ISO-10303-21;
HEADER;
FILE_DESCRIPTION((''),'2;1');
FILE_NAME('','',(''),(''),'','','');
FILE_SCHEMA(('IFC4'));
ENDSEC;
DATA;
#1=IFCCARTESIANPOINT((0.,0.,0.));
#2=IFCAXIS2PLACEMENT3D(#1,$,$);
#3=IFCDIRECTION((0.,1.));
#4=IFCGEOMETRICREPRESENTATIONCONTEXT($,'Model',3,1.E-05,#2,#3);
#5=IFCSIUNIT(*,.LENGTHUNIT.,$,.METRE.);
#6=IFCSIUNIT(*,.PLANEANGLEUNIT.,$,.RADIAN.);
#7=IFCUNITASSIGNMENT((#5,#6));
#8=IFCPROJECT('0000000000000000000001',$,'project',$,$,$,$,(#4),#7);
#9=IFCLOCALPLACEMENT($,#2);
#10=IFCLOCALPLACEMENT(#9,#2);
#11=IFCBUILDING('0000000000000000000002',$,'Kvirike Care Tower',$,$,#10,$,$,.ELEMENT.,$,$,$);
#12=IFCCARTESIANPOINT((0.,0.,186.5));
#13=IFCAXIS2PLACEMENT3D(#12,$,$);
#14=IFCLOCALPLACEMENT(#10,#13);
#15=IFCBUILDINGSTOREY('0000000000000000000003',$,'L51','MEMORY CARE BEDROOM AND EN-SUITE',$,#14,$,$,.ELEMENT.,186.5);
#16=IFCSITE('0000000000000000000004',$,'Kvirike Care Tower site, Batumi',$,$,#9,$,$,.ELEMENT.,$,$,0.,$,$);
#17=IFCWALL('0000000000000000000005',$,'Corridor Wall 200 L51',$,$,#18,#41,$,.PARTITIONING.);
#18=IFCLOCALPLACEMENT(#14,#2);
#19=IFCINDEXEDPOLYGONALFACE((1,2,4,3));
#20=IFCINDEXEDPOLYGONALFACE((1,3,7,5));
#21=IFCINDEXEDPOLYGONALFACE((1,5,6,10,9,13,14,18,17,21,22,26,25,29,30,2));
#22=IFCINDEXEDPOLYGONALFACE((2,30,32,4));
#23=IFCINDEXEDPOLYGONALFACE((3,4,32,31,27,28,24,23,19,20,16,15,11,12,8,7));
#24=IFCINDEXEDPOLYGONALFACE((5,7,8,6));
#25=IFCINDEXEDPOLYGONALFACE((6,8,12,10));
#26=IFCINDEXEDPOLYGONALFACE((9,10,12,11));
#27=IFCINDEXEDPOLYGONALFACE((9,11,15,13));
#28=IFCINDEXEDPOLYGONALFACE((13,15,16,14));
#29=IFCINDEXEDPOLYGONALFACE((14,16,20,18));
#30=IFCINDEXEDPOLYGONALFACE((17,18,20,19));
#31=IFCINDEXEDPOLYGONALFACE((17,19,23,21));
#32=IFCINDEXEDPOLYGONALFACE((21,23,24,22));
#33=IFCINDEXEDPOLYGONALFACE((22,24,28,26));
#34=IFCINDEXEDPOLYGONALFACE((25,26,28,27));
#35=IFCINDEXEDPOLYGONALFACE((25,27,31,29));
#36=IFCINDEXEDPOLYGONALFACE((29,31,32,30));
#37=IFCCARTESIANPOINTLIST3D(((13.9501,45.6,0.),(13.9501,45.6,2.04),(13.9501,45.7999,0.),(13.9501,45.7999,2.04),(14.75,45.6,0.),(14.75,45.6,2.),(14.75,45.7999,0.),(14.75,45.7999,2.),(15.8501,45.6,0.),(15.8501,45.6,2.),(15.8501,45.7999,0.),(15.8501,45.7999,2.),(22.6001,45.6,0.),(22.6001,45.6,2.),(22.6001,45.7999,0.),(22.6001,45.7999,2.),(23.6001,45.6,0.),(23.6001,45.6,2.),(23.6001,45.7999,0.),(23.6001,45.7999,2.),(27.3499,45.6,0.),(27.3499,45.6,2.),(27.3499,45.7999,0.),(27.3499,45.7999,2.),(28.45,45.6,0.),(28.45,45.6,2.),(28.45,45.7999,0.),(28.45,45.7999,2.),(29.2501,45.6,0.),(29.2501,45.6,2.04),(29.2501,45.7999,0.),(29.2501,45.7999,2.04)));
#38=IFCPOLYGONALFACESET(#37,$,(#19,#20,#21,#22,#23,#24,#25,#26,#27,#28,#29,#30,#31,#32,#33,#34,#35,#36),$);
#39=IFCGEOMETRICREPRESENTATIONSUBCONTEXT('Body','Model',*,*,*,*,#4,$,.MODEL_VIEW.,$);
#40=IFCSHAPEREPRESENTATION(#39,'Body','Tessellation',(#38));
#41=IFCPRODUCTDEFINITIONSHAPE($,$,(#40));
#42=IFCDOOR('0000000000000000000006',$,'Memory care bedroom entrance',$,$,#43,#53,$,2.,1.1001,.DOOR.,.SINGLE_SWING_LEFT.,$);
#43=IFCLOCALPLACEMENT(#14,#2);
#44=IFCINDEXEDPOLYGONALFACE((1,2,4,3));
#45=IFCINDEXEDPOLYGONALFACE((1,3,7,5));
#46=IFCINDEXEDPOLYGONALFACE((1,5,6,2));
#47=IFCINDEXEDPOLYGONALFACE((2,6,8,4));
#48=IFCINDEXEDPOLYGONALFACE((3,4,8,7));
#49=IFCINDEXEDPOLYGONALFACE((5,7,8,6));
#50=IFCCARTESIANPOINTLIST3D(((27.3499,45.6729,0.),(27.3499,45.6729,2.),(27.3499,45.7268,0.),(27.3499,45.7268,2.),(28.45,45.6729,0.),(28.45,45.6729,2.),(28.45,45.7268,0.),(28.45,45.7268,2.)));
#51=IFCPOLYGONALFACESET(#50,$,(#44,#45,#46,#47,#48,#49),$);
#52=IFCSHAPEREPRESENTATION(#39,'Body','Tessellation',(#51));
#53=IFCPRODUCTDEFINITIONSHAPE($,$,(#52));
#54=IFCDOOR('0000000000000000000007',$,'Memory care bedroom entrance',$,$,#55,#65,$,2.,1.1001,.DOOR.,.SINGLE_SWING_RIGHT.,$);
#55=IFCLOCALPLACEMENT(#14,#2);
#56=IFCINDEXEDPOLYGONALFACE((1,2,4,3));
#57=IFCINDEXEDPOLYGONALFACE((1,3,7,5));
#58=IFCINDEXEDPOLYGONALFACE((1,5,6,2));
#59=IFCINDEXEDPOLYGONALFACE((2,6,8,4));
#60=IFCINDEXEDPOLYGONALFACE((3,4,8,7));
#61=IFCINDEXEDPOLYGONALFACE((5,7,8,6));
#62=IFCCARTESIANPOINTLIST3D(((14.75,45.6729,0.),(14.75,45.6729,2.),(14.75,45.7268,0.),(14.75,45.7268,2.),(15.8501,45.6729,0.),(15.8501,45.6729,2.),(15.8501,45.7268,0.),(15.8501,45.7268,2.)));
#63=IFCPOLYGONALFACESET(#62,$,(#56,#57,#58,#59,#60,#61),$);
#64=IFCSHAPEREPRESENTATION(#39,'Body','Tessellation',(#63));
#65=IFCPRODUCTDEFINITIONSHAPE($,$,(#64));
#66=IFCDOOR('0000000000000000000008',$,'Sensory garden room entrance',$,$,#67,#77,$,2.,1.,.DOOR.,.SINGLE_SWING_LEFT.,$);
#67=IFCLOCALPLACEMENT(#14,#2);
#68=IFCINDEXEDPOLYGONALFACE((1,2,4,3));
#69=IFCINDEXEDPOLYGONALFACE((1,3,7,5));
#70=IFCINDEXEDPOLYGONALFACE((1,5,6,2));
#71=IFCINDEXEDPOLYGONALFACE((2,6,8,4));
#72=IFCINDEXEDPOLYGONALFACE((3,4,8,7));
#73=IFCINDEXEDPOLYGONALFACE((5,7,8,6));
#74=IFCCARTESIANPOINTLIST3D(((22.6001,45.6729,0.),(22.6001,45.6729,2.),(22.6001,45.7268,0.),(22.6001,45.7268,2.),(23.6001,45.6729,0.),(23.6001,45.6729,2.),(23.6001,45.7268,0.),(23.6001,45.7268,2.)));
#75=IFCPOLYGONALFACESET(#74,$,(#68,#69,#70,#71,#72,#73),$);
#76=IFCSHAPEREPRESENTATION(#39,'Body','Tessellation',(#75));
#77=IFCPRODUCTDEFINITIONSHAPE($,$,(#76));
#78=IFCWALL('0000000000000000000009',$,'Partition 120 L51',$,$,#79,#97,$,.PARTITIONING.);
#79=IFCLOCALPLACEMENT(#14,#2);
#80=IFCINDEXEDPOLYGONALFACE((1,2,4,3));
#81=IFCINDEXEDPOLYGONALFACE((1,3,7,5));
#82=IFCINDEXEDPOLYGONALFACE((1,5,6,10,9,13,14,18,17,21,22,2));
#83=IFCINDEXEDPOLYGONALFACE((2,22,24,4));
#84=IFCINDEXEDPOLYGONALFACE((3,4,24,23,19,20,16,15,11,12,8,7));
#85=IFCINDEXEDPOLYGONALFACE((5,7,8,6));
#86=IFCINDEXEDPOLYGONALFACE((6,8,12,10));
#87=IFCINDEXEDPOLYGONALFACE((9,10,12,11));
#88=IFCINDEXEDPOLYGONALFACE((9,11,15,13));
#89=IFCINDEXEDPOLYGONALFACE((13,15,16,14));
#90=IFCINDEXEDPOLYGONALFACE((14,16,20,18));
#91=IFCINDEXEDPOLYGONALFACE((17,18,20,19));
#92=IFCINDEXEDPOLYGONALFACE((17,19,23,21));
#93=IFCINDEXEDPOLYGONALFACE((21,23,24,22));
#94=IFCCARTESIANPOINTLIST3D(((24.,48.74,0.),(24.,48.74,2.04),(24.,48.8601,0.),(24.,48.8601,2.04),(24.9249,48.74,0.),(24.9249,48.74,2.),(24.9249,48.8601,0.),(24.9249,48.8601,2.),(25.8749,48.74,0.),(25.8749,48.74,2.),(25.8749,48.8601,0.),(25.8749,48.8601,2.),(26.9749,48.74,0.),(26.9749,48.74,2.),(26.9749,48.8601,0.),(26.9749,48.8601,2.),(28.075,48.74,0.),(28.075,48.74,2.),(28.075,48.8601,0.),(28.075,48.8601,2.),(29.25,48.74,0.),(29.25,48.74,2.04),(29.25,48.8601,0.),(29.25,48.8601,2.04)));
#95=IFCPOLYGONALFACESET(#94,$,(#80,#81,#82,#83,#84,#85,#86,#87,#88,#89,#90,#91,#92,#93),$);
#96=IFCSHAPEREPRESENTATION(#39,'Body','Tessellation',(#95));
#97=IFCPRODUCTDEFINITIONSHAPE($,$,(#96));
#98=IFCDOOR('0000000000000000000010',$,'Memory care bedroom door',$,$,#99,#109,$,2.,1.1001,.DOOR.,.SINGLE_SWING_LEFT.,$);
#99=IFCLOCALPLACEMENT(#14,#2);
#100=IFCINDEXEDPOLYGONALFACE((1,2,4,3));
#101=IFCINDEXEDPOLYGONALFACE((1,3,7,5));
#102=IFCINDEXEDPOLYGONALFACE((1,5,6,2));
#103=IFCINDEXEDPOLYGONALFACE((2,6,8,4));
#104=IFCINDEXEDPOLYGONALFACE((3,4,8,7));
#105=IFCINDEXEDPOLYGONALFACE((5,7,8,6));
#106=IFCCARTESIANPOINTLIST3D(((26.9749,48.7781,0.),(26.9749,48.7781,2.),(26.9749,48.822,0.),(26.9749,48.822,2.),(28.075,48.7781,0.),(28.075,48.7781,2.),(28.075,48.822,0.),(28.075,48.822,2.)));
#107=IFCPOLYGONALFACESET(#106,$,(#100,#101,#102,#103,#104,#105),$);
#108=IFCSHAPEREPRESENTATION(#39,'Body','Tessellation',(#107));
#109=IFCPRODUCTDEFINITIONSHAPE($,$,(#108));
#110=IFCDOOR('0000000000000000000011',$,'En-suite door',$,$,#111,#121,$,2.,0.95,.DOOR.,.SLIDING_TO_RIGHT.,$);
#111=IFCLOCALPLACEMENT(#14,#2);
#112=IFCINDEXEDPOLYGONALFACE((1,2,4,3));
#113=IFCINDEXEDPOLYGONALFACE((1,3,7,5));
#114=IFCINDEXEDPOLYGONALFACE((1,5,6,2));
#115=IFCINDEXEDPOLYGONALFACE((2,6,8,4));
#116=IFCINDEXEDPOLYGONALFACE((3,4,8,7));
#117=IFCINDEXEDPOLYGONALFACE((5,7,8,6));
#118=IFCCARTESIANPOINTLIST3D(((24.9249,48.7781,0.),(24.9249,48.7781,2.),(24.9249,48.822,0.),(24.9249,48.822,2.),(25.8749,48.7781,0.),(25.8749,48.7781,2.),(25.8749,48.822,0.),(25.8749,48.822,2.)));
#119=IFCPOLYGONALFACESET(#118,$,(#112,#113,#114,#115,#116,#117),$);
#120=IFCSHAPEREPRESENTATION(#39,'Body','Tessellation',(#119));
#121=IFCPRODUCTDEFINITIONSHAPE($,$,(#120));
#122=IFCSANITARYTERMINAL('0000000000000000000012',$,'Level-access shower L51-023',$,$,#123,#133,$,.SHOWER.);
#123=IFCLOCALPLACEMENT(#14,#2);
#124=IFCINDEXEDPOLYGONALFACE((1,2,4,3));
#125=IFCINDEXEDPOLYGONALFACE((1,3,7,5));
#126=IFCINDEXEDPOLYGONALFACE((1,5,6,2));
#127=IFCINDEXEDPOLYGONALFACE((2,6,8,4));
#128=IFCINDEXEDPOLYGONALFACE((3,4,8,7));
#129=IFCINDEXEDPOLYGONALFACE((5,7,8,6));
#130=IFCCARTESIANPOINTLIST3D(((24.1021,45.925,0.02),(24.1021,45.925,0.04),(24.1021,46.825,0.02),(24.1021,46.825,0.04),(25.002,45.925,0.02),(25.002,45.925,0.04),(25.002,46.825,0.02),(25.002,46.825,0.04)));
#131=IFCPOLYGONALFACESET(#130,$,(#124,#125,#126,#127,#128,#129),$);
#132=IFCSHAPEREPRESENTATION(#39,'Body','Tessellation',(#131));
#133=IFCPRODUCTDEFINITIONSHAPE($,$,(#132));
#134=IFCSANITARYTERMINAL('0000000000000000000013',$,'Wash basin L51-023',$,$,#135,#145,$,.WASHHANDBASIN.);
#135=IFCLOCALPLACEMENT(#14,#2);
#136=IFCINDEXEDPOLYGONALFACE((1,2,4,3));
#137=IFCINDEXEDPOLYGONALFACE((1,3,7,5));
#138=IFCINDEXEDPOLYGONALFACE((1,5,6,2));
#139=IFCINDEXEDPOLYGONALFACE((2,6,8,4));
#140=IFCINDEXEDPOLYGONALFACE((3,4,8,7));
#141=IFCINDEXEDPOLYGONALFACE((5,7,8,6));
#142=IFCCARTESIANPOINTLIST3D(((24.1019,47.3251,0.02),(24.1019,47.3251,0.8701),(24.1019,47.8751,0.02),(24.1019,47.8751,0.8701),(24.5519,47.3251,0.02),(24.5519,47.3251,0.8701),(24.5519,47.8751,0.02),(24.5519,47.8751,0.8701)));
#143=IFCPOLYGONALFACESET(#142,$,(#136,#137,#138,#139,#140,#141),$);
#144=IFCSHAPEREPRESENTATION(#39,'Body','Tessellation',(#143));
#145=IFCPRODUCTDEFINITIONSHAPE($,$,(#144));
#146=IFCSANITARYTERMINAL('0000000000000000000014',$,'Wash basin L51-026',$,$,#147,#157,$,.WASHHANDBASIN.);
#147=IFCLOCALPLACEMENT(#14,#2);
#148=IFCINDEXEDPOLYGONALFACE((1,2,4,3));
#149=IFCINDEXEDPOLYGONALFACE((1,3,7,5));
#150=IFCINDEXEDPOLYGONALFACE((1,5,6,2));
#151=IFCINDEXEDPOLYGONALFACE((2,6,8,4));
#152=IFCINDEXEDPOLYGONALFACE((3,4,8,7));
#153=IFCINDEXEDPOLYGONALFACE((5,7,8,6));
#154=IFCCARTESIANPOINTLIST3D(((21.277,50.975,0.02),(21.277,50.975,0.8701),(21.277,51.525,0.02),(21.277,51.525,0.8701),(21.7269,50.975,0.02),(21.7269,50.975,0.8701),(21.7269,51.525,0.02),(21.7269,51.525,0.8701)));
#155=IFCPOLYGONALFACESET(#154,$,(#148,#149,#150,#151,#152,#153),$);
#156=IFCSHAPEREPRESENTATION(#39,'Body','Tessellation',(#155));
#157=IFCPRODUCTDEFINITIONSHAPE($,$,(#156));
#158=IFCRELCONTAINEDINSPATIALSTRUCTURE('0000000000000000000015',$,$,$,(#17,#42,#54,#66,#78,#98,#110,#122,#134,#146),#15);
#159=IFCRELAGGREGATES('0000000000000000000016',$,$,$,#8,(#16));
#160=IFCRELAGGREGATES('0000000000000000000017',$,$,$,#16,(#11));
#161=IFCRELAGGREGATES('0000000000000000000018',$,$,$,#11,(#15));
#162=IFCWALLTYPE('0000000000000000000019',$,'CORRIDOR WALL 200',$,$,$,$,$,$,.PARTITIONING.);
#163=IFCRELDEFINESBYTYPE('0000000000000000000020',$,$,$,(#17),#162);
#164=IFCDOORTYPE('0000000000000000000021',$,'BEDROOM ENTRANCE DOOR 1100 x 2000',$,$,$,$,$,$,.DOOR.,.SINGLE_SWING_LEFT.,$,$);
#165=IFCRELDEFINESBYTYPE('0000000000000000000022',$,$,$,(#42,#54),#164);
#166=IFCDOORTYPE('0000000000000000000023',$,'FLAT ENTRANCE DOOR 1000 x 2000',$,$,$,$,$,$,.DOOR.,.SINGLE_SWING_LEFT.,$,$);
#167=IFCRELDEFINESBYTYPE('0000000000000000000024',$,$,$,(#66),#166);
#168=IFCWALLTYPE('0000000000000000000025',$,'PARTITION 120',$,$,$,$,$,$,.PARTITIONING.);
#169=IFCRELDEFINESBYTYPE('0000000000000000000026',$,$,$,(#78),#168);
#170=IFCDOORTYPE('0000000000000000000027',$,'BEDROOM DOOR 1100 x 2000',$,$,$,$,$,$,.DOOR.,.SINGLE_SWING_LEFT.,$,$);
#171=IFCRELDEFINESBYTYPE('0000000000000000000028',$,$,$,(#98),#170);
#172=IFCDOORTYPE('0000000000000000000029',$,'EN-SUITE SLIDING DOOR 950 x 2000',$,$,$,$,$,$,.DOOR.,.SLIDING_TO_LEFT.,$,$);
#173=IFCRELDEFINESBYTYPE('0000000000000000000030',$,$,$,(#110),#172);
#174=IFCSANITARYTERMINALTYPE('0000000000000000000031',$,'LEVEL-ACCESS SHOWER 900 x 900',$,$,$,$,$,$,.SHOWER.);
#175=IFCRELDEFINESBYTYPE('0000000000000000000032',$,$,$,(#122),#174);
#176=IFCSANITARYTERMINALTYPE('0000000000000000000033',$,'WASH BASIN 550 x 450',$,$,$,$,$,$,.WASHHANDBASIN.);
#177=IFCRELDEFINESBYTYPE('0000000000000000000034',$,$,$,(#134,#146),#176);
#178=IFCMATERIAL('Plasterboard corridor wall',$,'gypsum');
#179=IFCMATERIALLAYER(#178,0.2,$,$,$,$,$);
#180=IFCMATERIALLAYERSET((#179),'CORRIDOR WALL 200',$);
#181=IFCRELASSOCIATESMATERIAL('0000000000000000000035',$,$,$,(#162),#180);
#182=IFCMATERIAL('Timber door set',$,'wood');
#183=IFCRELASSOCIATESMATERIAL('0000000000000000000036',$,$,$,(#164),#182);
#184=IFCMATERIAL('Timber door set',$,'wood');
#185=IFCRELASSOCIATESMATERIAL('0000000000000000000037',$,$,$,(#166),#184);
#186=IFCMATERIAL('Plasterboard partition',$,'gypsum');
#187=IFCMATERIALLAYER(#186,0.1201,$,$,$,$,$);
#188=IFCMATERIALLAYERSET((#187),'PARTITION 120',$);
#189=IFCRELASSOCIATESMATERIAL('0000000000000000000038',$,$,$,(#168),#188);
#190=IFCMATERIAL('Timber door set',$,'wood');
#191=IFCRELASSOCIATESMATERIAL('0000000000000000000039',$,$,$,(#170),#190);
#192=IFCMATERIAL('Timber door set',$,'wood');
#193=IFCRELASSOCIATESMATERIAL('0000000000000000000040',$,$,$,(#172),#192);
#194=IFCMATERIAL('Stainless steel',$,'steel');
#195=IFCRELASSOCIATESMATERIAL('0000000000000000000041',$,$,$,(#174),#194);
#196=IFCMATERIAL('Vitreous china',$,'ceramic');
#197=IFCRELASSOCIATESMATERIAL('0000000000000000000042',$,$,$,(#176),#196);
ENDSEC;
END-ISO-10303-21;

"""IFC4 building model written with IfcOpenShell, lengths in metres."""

from ifc_helpers import new_model, si_unit, direction, frame, frame_2d, origin, origin_2d, place, context, subcontext, project, spatial, rectangle, extrude, material, layer, layer_set, type_object, element, fill, save


model = new_model("IFC4")

# Units and contexts
model_context = context("Model", 3, precision=1e-05, world=origin(), true_north=direction((0.0, 1.0)))
body_context = subcontext(model_context, "Body", "Model", "MODEL_VIEW")
ifc_project = project(units=[si_unit("LENGTHUNIT", "METRE"), si_unit("PLANEANGLEUNIT", "RADIAN")], contexts=[model_context])

# Site, building, storey
site_placement = place(None, origin())
site = spatial("IfcSite", under=ifc_project, at=site_placement, Name="Kvirike Care Tower site, Batumi", CompositionType="ELEMENT", RefElevation=0.0)
building_placement = place(site_placement, origin())
building = spatial("IfcBuilding", under=site, at=building_placement, Name="Kvirike Care Tower", CompositionType="ELEMENT")
storey_placement = place(building_placement, frame((0.0, 0.0, 186.5)))
storey = spatial("IfcBuildingStorey", under=building, at=storey_placement, Name="L51", Description="MEMORY CARE BEDROOM AND EN-SUITE", CompositionType="ELEMENT", Elevation=186.5)

# Walls, openings, doors
ifc_material_1 = material(Name="Plasterboard corridor wall", Category="gypsum")
ifc_layer_1 = layer(ifc_material_1, 0.2)
ifc_layer_set_1 = layer_set([ifc_layer_1], Name="CORRIDOR WALL 200")
wall_type_1 = type_object("IfcWallType", Name="CORRIDOR WALL 200", PredefinedType="PARTITIONING", material=ifc_layer_set_1)
wall_1_placement = place(storey_placement, frame((29.25, 45.7, 0.0), z_axis=(0.0, 0.0, 1.0), x_axis=(-1.0, 0.0, 0.0)))
wall_1 = element("IfcWall", 1, at=wall_1_placement, inside=storey, type_object=wall_type_1, Name="Corridor Wall 200 L51", PredefinedType="PARTITIONING", context=body_context, shape_type="SweptSolid", body=[
    extrude(rectangle(XDim=15.3, YDim=0.2, at=frame_2d((7.6499, 0.0))), origin(), (0.0, 0.0, 1.0), 2.04),
])
opening_1_placement = place(wall_1_placement, frame((0.8, 0.0, 0.0)))
opening_1 = element("IfcOpeningElement", 2, at=opening_1_placement, cuts=wall_1, PredefinedType="OPENING", context=body_context, shape_type="SweptSolid", body=[
    extrude(rectangle(XDim=1.1001, YDim=2.0, at=frame_2d((0.55, 1.0))), frame((0.0, 0.1106, 0.0), z_axis=(0.0, -1.0, 0.0), x_axis=(1.0, 0.0, 0.0)), (0.0, 0.0, 1.0), 0.2209),
])
opening_2_placement = place(wall_1_placement, frame((5.6499, 0.0, 0.0)))
opening_2 = element("IfcOpeningElement", 3, at=opening_2_placement, cuts=wall_1, PredefinedType="OPENING", context=body_context, shape_type="SweptSolid", body=[
    extrude(rectangle(XDim=1.0, YDim=2.0, at=frame_2d((0.5, 1.0))), frame((0.0, 0.1106, 0.0), z_axis=(0.0, -1.0, 0.0), x_axis=(1.0, 0.0, 0.0)), (0.0, 0.0, 1.0), 0.2209),
])
opening_3_placement = place(wall_1_placement, frame((13.3999, 0.0, 0.0)))
opening_3 = element("IfcOpeningElement", 4, at=opening_3_placement, cuts=wall_1, PredefinedType="OPENING", context=body_context, shape_type="SweptSolid", body=[
    extrude(rectangle(XDim=1.1001, YDim=2.0, at=frame_2d((0.55, 1.0))), frame((0.0, 0.1106, 0.0), z_axis=(0.0, -1.0, 0.0), x_axis=(1.0, 0.0, 0.0)), (0.0, 0.0, 1.0), 0.2209),
])
ifc_material_2 = material(Name="Timber door set", Category="wood")
door_type_1 = type_object("IfcDoorType", Name="BEDROOM ENTRANCE DOOR 1100 x 2000", OperationType="SINGLE_SWING_LEFT", PredefinedType="DOOR", material=ifc_material_2)
door_1_placement = place(opening_1_placement, frame((1.1001, 0.0, 0.0), z_axis=(0.0, 0.0, 1.0), x_axis=(-1.0, 0.0, 0.0)))
door_1 = element("IfcDoor", 5, at=door_1_placement, inside=storey, type_object=door_type_1, Name="Memory care bedroom entrance", OperationType="SINGLE_SWING_LEFT", OverallHeight=2.0, OverallWidth=1.1001, PredefinedType="DOOR", context=body_context, shape_type="SweptSolid", body=[
    extrude(rectangle(XDim=1.1001, YDim=2.0, at=frame_2d((0.55, 1.0))), frame((0.0, 0.0269, 0.0), z_axis=(0.0, -1.0, 0.0), x_axis=(1.0, 0.0, 0.0)), (0.0, 0.0, 1.0), 0.054),
])
fill(opening_1, door_1)
door_2_placement = place(opening_3_placement, frame((1.1001, 0.0, 0.0), z_axis=(0.0, 0.0, 1.0), x_axis=(-1.0, 0.0, 0.0)))
door_2 = element("IfcDoor", 6, at=door_2_placement, inside=storey, type_object=door_type_1, Name="Memory care bedroom entrance", OperationType="SINGLE_SWING_RIGHT", OverallHeight=2.0, OverallWidth=1.1001, PredefinedType="DOOR", context=body_context, shape_type="SweptSolid", body=[
    extrude(rectangle(XDim=1.1001, YDim=2.0, at=frame_2d((0.55, 1.0))), frame((0.0, 0.0269, 0.0), z_axis=(0.0, -1.0, 0.0), x_axis=(1.0, 0.0, 0.0)), (0.0, 0.0, 1.0), 0.054),
])
fill(opening_3, door_2)
ifc_material_3 = material(Name="Timber door set", Category="wood")
door_type_2 = type_object("IfcDoorType", Name="FLAT ENTRANCE DOOR 1000 x 2000", OperationType="SINGLE_SWING_LEFT", PredefinedType="DOOR", material=ifc_material_3)
door_3_placement = place(opening_2_placement, frame((1.0, 0.0, 0.0), z_axis=(0.0, 0.0, 1.0), x_axis=(-1.0, 0.0, 0.0)))
door_3 = element("IfcDoor", 7, at=door_3_placement, inside=storey, type_object=door_type_2, Name="Sensory garden room entrance", OperationType="SINGLE_SWING_LEFT", OverallHeight=2.0, OverallWidth=1.0, PredefinedType="DOOR", context=body_context, shape_type="SweptSolid", body=[
    extrude(rectangle(XDim=1.0, YDim=2.0, at=frame_2d((0.5, 1.0))), frame((0.0, 0.0269, 0.0), z_axis=(0.0, -1.0, 0.0), x_axis=(1.0, 0.0, 0.0)), (0.0, 0.0, 1.0), 0.054),
])
fill(opening_2, door_3)
ifc_material_4 = material(Name="Plasterboard partition", Category="gypsum")
ifc_layer_2 = layer(ifc_material_4, 0.1201)
ifc_layer_set_2 = layer_set([ifc_layer_2], Name="PARTITION 120")
wall_type_2 = type_object("IfcWallType", Name="PARTITION 120", PredefinedType="PARTITIONING", material=ifc_layer_set_2)
wall_2_placement = place(storey_placement, frame((29.25, 48.8, 0.0), z_axis=(0.0, 0.0, 1.0), x_axis=(-1.0, 0.0, 0.0)))
wall_2 = element("IfcWall", 8, at=wall_2_placement, inside=storey, type_object=wall_type_2, Name="Partition 120 L51", PredefinedType="PARTITIONING", context=body_context, shape_type="SweptSolid", body=[
    extrude(rectangle(XDim=5.25, YDim=0.1201, at=frame_2d((2.625, 0.0))), origin(), (0.0, 0.0, 1.0), 2.04),
])
opening_4_placement = place(wall_2_placement, frame((1.175, 0.0, 0.0)))
opening_4 = element("IfcOpeningElement", 9, at=opening_4_placement, cuts=wall_2, PredefinedType="OPENING", context=body_context, shape_type="SweptSolid", body=[
    extrude(rectangle(XDim=1.1001, YDim=2.0, at=frame_2d((0.55, 1.0))), frame((0.0, 0.0706, 0.0), z_axis=(0.0, -1.0, 0.0), x_axis=(1.0, 0.0, 0.0)), (0.0, 0.0, 1.0), 0.1411),
])
opening_5_placement = place(wall_2_placement, frame((3.375, 0.0, 0.0)))
opening_5 = element("IfcOpeningElement", 10, at=opening_5_placement, cuts=wall_2, PredefinedType="OPENING", context=body_context, shape_type="SweptSolid", body=[
    extrude(rectangle(XDim=0.95, YDim=2.0, at=frame_2d((0.4751, 1.0))), frame((0.0, 0.0706, 0.0), z_axis=(0.0, -1.0, 0.0), x_axis=(1.0, 0.0, 0.0)), (0.0, 0.0, 1.0), 0.1411),
])
ifc_material_5 = material(Name="Timber door set", Category="wood")
door_type_3 = type_object("IfcDoorType", Name="BEDROOM DOOR 1100 x 2000", OperationType="SINGLE_SWING_LEFT", PredefinedType="DOOR", material=ifc_material_5)
door_4_placement = place(opening_4_placement, origin())
door_4 = element("IfcDoor", 11, at=door_4_placement, inside=storey, type_object=door_type_3, Name="Memory care bedroom door", OperationType="SINGLE_SWING_LEFT", OverallHeight=2.0, OverallWidth=1.1001, PredefinedType="DOOR", context=body_context, shape_type="SweptSolid", body=[
    extrude(rectangle(XDim=1.1001, YDim=2.0, at=frame_2d((0.55, 1.0))), frame((0.0, 0.022, 0.0), z_axis=(0.0, -1.0, 0.0), x_axis=(1.0, 0.0, 0.0)), (0.0, 0.0, 1.0), 0.0439),
])
fill(opening_4, door_4)
ifc_material_6 = material(Name="Timber door set", Category="wood")
door_type_4 = type_object("IfcDoorType", Name="EN-SUITE SLIDING DOOR 950 x 2000", OperationType="SLIDING_TO_LEFT", PredefinedType="DOOR", material=ifc_material_6)
door_5_placement = place(opening_5_placement, origin())
door_5 = element("IfcDoor", 12, at=door_5_placement, inside=storey, type_object=door_type_4, Name="En-suite door", OperationType="SLIDING_TO_RIGHT", OverallHeight=2.0, OverallWidth=0.95, PredefinedType="DOOR", context=body_context, shape_type="SweptSolid", body=[
    extrude(rectangle(XDim=0.95, YDim=2.0, at=frame_2d((0.4751, 1.0))), frame((0.0, 0.022, 0.0), z_axis=(0.0, -1.0, 0.0), x_axis=(1.0, 0.0, 0.0)), (0.0, 0.0, 1.0), 0.0439),
])
fill(opening_5, door_5)

# Sanitary terminals
ifc_material_7 = material(Name="Stainless steel", Category="steel")
sanitary_terminal_type_1 = type_object("IfcSanitaryTerminalType", Name="LEVEL-ACCESS SHOWER 900 x 900", PredefinedType="SHOWER", material=ifc_material_7)
sanitary_terminal_placement = place(storey_placement, frame((24.552, 46.375, 0.02), z_axis=(0.0, 0.0, 1.0), x_axis=(0.0, 1.0, 0.0)))
element("IfcSanitaryTerminal", 13, at=sanitary_terminal_placement, inside=storey, type_object=sanitary_terminal_type_1, Name="Level-access shower L51-023", PredefinedType="SHOWER", context=body_context, shape_type="SweptSolid", body=[
    extrude(rectangle(XDim=0.8999, YDim=0.8999, at=origin_2d()), origin(), (0.0, 0.0, 1.0), 0.02),
])
ifc_material_8 = material(Name="Vitreous china", Category="ceramic")
sanitary_terminal_type_2 = type_object("IfcSanitaryTerminalType", Name="WASH BASIN 550 x 450", PredefinedType="WASHHANDBASIN", material=ifc_material_8)
for number, where, z_axis, x_axis, name in (
    (14, (24.3269, 47.6001, 0.02), (0.0, 0.0, 1.0), (0.0, 1.0, 0.0), "Wash basin L51-023"),
    (15, (21.502, 51.25, 0.02), (0.0, 0.0, 1.0), (0.0, 1.0, 0.0), "Wash basin L51-026"),
):
    element("IfcSanitaryTerminal", number, at=place(storey_placement, frame(where, z_axis=z_axis, x_axis=x_axis)), inside=storey, type_object=sanitary_terminal_type_2, Name=name, PredefinedType="WASHHANDBASIN", context=body_context, shape_type="SweptSolid", body=[
        extrude(rectangle(XDim=0.55, YDim=0.45, at=origin_2d()), origin(), (0.0, 0.0, 1.0), 0.8501),
    ])

save(model, "model.ifc")
